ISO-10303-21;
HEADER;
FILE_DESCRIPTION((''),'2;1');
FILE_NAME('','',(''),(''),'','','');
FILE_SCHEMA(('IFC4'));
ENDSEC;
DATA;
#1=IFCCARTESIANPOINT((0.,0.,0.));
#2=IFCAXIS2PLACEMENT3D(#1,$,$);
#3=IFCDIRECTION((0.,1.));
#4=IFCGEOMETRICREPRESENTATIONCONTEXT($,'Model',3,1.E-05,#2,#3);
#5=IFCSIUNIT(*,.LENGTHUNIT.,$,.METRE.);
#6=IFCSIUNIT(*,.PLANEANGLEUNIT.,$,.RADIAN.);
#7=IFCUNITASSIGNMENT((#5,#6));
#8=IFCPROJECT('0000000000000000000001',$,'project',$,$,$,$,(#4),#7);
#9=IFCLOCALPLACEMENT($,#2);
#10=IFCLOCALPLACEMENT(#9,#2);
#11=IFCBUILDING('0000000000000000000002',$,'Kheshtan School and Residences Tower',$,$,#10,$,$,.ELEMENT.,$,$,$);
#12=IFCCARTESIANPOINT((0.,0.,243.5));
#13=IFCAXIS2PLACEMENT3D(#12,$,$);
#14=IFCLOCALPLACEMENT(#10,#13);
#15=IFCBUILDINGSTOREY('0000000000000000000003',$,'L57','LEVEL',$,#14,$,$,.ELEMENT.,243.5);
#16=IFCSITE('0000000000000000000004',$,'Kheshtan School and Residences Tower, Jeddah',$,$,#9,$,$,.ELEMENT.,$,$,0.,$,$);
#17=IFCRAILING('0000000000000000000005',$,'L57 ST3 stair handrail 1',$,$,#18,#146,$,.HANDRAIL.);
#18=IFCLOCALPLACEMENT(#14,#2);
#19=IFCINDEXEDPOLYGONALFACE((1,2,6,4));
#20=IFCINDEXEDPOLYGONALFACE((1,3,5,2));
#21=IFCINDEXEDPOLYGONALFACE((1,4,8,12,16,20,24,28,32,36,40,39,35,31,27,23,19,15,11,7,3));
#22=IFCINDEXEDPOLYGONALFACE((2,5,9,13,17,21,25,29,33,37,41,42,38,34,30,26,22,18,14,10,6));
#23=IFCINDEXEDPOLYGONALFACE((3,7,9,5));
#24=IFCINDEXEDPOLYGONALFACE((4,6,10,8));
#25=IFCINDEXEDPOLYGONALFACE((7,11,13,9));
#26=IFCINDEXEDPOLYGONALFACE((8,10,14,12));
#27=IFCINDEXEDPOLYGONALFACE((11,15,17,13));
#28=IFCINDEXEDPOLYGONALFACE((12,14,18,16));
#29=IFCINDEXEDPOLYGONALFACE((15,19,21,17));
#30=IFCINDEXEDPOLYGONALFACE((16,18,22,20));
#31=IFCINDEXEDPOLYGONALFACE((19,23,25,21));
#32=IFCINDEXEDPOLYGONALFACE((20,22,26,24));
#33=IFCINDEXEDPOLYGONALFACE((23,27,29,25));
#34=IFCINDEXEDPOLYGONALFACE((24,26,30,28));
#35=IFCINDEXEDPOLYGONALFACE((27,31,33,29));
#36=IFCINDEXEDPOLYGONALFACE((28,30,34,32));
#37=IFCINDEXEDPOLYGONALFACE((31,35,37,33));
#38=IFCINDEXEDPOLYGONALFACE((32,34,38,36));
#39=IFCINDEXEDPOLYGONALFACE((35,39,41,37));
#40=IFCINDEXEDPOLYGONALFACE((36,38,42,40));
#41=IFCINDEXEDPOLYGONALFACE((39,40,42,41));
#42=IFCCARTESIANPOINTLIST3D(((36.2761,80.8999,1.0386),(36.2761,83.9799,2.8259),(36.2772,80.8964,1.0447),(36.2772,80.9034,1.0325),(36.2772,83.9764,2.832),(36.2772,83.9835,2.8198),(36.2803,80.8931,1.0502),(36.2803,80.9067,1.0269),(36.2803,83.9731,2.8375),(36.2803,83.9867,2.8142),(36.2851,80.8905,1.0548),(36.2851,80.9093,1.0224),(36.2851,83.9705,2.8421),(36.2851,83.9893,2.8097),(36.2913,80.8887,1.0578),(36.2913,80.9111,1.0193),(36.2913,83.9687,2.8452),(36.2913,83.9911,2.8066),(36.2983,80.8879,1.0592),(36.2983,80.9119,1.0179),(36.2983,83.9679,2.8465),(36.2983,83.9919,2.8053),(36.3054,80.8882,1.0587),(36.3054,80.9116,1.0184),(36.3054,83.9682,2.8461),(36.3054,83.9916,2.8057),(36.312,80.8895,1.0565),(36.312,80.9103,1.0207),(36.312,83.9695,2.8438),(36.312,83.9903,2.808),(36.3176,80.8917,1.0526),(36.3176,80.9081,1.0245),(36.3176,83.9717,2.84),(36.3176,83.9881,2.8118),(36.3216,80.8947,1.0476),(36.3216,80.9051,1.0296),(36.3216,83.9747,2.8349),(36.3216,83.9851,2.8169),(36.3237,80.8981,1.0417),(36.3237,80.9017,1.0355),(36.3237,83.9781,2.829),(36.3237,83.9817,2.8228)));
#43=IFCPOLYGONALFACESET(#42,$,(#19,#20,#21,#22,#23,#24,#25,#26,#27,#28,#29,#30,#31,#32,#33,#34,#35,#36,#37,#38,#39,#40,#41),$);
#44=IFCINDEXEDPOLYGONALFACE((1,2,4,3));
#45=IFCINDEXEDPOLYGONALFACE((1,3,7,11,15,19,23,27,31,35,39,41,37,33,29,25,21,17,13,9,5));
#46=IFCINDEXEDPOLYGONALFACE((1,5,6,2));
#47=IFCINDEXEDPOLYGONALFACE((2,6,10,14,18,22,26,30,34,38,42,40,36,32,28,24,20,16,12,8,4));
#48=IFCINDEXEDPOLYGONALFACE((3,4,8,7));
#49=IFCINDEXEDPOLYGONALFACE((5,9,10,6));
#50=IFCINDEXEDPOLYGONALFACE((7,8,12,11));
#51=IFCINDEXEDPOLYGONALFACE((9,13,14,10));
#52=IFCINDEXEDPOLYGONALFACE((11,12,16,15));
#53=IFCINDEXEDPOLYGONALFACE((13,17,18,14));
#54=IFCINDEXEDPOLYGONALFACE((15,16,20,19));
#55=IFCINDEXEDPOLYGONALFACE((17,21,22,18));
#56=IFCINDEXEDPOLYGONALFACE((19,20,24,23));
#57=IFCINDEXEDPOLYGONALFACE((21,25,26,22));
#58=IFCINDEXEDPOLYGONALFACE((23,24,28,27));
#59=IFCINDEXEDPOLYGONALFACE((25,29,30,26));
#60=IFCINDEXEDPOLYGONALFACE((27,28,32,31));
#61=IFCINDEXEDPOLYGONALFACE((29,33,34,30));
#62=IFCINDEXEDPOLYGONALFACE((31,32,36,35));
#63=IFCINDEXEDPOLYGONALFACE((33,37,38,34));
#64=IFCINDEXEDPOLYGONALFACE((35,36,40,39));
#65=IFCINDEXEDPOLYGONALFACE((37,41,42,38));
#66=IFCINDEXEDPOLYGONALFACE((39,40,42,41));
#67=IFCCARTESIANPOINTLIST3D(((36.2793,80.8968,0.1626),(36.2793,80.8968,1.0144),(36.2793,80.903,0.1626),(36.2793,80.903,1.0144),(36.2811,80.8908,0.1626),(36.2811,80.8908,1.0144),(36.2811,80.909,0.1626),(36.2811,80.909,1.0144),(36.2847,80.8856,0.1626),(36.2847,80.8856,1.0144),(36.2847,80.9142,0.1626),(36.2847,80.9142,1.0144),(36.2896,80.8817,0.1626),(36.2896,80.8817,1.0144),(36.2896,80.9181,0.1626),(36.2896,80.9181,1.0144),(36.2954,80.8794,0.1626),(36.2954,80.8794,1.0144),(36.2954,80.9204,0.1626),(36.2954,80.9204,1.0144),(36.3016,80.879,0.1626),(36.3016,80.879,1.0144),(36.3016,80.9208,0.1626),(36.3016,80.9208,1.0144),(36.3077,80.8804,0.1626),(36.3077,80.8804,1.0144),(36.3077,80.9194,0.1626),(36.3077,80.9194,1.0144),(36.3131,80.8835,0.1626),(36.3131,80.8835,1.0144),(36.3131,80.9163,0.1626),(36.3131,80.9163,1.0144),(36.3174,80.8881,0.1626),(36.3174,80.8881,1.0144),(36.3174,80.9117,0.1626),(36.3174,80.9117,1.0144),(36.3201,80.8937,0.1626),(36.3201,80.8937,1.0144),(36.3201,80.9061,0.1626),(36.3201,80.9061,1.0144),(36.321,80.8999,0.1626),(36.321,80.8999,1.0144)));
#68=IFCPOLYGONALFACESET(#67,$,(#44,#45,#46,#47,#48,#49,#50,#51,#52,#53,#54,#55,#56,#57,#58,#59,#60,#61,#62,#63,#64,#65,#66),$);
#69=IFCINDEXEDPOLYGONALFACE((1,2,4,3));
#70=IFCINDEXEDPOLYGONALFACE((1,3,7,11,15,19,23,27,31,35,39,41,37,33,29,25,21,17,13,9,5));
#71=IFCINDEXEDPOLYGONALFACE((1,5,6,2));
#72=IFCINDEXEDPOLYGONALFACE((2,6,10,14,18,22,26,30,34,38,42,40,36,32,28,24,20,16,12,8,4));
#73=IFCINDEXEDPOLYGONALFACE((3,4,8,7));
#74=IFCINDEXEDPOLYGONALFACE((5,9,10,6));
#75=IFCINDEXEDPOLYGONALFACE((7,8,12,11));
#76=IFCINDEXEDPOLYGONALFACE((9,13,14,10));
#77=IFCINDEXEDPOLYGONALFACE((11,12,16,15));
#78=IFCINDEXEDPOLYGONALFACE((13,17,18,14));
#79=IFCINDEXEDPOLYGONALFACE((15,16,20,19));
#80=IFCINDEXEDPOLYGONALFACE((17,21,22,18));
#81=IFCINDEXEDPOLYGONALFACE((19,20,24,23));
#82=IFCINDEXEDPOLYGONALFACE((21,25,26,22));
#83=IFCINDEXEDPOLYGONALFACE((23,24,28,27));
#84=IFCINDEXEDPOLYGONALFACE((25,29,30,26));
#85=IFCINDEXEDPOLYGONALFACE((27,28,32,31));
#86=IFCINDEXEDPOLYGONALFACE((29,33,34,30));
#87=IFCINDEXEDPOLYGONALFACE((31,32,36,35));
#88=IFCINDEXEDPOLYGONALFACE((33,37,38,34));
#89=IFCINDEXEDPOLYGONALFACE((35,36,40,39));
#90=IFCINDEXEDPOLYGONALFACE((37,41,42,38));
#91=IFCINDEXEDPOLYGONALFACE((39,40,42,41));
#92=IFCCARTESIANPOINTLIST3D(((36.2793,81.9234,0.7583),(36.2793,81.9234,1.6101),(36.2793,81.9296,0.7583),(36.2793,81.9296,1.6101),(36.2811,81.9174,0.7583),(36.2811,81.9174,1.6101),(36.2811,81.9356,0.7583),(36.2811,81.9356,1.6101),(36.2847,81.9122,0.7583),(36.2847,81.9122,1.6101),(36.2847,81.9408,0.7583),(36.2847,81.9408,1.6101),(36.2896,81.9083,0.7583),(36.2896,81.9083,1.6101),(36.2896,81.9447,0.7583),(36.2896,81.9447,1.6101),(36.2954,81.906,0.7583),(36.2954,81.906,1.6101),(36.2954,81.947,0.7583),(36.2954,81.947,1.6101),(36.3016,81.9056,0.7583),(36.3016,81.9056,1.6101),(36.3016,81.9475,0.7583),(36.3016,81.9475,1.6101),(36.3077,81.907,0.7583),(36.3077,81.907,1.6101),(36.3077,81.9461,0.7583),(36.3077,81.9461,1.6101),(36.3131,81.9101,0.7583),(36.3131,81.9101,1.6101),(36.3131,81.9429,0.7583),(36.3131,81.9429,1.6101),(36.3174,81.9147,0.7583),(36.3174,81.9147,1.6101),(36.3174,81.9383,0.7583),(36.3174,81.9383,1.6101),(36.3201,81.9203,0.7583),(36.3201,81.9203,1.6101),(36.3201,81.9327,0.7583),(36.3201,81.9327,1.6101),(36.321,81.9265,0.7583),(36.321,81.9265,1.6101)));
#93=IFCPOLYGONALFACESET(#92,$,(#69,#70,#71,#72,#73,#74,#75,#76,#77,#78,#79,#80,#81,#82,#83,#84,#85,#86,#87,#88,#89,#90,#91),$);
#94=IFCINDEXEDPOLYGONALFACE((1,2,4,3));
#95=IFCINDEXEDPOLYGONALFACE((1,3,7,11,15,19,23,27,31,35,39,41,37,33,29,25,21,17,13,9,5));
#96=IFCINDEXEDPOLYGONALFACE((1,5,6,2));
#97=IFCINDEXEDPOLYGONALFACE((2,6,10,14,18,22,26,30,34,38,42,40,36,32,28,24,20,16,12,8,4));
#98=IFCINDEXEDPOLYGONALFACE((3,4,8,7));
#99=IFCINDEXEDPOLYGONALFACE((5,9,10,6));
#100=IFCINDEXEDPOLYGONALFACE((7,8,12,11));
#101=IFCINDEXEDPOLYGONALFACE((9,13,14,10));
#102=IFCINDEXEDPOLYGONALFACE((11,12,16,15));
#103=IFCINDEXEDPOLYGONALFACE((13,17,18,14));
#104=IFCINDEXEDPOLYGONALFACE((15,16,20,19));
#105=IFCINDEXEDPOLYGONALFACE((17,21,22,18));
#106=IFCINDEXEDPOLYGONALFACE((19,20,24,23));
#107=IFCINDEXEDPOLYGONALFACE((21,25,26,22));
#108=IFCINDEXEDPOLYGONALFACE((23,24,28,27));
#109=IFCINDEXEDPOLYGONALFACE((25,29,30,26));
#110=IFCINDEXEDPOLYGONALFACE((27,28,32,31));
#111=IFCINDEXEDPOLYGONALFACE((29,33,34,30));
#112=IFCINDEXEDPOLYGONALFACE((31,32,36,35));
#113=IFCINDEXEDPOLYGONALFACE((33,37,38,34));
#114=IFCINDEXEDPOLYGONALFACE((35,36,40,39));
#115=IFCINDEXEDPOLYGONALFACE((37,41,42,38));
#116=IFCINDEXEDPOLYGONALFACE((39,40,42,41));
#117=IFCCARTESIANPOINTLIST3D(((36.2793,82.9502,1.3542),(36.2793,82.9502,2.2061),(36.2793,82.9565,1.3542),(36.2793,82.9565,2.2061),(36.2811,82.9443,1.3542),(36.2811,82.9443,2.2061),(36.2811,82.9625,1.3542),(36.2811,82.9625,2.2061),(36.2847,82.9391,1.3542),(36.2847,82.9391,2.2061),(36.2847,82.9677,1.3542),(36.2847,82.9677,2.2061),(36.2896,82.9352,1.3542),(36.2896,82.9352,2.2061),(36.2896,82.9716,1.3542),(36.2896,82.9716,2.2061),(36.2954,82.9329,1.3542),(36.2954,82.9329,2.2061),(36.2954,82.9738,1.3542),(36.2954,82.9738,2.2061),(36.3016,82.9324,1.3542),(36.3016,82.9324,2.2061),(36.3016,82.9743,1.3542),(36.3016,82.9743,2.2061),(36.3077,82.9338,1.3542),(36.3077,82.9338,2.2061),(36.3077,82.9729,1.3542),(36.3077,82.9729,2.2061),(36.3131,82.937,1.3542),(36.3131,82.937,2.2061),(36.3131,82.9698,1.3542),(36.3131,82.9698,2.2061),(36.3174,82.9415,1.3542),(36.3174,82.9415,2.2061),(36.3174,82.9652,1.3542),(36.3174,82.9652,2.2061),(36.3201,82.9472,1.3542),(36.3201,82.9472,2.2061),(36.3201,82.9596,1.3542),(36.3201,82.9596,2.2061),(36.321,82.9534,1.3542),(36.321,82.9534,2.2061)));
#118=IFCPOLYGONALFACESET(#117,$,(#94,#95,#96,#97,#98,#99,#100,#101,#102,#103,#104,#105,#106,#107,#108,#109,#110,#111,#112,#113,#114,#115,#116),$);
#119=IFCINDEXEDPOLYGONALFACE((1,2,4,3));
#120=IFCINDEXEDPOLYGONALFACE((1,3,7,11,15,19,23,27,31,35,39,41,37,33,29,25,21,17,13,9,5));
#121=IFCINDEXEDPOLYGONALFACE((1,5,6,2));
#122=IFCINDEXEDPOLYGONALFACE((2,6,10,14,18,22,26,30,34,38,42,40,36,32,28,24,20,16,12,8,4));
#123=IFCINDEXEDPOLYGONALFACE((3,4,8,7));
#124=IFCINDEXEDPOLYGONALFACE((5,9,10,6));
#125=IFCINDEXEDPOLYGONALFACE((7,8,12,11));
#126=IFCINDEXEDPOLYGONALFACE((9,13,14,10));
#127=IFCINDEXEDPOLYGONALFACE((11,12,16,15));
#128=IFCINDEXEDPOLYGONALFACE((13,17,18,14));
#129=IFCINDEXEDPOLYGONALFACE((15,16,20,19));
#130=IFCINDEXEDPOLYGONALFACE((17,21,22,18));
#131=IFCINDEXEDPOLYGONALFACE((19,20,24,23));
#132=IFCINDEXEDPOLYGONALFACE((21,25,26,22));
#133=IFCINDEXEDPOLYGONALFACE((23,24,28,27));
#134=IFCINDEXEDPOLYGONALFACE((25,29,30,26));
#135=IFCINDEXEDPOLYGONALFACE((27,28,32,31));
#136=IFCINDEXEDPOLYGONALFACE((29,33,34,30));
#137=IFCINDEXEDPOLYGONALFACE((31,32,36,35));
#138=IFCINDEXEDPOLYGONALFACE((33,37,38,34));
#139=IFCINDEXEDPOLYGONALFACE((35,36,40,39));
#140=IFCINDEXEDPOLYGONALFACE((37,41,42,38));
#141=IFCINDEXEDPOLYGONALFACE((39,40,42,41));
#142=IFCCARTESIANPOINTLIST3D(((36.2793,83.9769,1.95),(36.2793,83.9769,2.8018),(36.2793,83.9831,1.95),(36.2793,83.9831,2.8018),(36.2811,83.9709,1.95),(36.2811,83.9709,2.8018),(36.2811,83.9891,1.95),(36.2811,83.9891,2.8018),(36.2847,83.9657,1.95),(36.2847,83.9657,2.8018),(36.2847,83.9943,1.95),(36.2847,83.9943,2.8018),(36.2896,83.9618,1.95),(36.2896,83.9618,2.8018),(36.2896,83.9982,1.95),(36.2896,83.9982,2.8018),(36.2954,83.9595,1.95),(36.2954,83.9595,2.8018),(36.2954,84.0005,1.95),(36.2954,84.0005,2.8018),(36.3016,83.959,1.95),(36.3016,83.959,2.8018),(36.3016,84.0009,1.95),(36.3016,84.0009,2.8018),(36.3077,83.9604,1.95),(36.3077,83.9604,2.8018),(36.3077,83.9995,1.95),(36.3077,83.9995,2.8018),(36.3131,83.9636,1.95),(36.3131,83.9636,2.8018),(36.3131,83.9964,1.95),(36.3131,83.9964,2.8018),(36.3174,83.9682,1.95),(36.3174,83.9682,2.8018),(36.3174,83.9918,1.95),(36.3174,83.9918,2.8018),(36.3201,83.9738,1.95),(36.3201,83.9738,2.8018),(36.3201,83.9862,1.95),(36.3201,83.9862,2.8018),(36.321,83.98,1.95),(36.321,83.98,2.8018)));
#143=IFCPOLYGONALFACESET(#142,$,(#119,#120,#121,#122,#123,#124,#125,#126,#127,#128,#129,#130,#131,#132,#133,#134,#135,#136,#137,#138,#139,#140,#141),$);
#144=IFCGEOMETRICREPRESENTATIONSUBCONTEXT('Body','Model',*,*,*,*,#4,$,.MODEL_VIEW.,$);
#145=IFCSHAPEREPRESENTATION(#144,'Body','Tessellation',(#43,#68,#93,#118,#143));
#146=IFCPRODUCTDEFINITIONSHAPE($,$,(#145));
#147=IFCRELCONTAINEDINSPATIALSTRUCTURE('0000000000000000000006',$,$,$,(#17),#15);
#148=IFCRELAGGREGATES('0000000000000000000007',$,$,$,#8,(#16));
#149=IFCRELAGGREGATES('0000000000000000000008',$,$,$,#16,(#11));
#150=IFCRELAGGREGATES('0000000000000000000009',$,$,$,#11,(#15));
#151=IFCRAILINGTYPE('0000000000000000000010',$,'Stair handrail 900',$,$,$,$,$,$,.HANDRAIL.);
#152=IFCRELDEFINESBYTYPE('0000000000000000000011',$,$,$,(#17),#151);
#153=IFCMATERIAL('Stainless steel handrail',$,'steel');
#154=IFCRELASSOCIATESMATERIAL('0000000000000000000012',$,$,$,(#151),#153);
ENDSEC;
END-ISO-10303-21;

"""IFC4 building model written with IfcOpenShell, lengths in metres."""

from ifc_helpers import new_model, si_unit, direction, frame, origin, origin_2d, place, context, subcontext, project, spatial, circle, extrude, material, type_object, element, save


model = new_model("IFC4")

# Units and contexts
model_context = context("Model", 3, precision=1e-05, world=origin(), true_north=direction((0.0, 1.0)))
body_context = subcontext(model_context, "Body", "Model", "MODEL_VIEW")
ifc_project = project(units=[si_unit("LENGTHUNIT", "METRE"), si_unit("PLANEANGLEUNIT", "RADIAN")], contexts=[model_context])

# Site, building, storey
site_placement = place(None, origin())
site = spatial("IfcSite", under=ifc_project, at=site_placement, Name="Kheshtan School and Residences Tower, Jeddah", CompositionType="ELEMENT", RefElevation=0.0)
building_placement = place(site_placement, origin())
building = spatial("IfcBuilding", under=site, at=building_placement, Name="Kheshtan School and Residences Tower", CompositionType="ELEMENT")
storey_placement = place(building_placement, frame((0.0, 0.0, 243.5)))
storey = spatial("IfcBuildingStorey", under=building, at=storey_placement, Name="L57", Description="LEVEL", CompositionType="ELEMENT", Elevation=243.5)

# Railing
ifc_material_1 = material(Name="Stainless steel handrail", Category="steel")
railing_type_1 = type_object("IfcRailingType", Name="Stair handrail 900", PredefinedType="HANDRAIL", material=ifc_material_1)
railing_1_placement = place(storey_placement, frame((36.3, 80.8999, 0.1626)))
element("IfcRailing", 1, at=railing_1_placement, inside=storey, type_object=railing_type_1, Name="L57 ST3 stair handrail 1", PredefinedType="HANDRAIL", context=body_context, shape_type="SweptSolid", body=[
    extrude(circle(Radius=0.0239, at=origin_2d()), frame((0.0, 0.0, 0.876), z_axis=(0.0, 0.86492, 0.501909), x_axis=(-1.0, 0.0, 0.0)), (0.0, 0.0, 1.0), 3.561),
    extrude(circle(Radius=0.021, at=origin_2d()), origin(), (0.0, 0.0, 1.0), 0.8518),
    extrude(circle(Radius=0.021, at=origin_2d()), frame((0.0, 1.0266, 0.5957)), (0.0, 0.0, 1.0), 0.8518),
    extrude(circle(Radius=0.021, at=origin_2d()), frame((0.0, 2.0535, 1.1917)), (0.0, 0.0, 1.0), 0.8518),
    extrude(circle(Radius=0.021, at=origin_2d()), frame((0.0, 3.0801, 1.7874)), (0.0, 0.0, 1.0), 0.8518),
])

save(model, "model.ifc")
